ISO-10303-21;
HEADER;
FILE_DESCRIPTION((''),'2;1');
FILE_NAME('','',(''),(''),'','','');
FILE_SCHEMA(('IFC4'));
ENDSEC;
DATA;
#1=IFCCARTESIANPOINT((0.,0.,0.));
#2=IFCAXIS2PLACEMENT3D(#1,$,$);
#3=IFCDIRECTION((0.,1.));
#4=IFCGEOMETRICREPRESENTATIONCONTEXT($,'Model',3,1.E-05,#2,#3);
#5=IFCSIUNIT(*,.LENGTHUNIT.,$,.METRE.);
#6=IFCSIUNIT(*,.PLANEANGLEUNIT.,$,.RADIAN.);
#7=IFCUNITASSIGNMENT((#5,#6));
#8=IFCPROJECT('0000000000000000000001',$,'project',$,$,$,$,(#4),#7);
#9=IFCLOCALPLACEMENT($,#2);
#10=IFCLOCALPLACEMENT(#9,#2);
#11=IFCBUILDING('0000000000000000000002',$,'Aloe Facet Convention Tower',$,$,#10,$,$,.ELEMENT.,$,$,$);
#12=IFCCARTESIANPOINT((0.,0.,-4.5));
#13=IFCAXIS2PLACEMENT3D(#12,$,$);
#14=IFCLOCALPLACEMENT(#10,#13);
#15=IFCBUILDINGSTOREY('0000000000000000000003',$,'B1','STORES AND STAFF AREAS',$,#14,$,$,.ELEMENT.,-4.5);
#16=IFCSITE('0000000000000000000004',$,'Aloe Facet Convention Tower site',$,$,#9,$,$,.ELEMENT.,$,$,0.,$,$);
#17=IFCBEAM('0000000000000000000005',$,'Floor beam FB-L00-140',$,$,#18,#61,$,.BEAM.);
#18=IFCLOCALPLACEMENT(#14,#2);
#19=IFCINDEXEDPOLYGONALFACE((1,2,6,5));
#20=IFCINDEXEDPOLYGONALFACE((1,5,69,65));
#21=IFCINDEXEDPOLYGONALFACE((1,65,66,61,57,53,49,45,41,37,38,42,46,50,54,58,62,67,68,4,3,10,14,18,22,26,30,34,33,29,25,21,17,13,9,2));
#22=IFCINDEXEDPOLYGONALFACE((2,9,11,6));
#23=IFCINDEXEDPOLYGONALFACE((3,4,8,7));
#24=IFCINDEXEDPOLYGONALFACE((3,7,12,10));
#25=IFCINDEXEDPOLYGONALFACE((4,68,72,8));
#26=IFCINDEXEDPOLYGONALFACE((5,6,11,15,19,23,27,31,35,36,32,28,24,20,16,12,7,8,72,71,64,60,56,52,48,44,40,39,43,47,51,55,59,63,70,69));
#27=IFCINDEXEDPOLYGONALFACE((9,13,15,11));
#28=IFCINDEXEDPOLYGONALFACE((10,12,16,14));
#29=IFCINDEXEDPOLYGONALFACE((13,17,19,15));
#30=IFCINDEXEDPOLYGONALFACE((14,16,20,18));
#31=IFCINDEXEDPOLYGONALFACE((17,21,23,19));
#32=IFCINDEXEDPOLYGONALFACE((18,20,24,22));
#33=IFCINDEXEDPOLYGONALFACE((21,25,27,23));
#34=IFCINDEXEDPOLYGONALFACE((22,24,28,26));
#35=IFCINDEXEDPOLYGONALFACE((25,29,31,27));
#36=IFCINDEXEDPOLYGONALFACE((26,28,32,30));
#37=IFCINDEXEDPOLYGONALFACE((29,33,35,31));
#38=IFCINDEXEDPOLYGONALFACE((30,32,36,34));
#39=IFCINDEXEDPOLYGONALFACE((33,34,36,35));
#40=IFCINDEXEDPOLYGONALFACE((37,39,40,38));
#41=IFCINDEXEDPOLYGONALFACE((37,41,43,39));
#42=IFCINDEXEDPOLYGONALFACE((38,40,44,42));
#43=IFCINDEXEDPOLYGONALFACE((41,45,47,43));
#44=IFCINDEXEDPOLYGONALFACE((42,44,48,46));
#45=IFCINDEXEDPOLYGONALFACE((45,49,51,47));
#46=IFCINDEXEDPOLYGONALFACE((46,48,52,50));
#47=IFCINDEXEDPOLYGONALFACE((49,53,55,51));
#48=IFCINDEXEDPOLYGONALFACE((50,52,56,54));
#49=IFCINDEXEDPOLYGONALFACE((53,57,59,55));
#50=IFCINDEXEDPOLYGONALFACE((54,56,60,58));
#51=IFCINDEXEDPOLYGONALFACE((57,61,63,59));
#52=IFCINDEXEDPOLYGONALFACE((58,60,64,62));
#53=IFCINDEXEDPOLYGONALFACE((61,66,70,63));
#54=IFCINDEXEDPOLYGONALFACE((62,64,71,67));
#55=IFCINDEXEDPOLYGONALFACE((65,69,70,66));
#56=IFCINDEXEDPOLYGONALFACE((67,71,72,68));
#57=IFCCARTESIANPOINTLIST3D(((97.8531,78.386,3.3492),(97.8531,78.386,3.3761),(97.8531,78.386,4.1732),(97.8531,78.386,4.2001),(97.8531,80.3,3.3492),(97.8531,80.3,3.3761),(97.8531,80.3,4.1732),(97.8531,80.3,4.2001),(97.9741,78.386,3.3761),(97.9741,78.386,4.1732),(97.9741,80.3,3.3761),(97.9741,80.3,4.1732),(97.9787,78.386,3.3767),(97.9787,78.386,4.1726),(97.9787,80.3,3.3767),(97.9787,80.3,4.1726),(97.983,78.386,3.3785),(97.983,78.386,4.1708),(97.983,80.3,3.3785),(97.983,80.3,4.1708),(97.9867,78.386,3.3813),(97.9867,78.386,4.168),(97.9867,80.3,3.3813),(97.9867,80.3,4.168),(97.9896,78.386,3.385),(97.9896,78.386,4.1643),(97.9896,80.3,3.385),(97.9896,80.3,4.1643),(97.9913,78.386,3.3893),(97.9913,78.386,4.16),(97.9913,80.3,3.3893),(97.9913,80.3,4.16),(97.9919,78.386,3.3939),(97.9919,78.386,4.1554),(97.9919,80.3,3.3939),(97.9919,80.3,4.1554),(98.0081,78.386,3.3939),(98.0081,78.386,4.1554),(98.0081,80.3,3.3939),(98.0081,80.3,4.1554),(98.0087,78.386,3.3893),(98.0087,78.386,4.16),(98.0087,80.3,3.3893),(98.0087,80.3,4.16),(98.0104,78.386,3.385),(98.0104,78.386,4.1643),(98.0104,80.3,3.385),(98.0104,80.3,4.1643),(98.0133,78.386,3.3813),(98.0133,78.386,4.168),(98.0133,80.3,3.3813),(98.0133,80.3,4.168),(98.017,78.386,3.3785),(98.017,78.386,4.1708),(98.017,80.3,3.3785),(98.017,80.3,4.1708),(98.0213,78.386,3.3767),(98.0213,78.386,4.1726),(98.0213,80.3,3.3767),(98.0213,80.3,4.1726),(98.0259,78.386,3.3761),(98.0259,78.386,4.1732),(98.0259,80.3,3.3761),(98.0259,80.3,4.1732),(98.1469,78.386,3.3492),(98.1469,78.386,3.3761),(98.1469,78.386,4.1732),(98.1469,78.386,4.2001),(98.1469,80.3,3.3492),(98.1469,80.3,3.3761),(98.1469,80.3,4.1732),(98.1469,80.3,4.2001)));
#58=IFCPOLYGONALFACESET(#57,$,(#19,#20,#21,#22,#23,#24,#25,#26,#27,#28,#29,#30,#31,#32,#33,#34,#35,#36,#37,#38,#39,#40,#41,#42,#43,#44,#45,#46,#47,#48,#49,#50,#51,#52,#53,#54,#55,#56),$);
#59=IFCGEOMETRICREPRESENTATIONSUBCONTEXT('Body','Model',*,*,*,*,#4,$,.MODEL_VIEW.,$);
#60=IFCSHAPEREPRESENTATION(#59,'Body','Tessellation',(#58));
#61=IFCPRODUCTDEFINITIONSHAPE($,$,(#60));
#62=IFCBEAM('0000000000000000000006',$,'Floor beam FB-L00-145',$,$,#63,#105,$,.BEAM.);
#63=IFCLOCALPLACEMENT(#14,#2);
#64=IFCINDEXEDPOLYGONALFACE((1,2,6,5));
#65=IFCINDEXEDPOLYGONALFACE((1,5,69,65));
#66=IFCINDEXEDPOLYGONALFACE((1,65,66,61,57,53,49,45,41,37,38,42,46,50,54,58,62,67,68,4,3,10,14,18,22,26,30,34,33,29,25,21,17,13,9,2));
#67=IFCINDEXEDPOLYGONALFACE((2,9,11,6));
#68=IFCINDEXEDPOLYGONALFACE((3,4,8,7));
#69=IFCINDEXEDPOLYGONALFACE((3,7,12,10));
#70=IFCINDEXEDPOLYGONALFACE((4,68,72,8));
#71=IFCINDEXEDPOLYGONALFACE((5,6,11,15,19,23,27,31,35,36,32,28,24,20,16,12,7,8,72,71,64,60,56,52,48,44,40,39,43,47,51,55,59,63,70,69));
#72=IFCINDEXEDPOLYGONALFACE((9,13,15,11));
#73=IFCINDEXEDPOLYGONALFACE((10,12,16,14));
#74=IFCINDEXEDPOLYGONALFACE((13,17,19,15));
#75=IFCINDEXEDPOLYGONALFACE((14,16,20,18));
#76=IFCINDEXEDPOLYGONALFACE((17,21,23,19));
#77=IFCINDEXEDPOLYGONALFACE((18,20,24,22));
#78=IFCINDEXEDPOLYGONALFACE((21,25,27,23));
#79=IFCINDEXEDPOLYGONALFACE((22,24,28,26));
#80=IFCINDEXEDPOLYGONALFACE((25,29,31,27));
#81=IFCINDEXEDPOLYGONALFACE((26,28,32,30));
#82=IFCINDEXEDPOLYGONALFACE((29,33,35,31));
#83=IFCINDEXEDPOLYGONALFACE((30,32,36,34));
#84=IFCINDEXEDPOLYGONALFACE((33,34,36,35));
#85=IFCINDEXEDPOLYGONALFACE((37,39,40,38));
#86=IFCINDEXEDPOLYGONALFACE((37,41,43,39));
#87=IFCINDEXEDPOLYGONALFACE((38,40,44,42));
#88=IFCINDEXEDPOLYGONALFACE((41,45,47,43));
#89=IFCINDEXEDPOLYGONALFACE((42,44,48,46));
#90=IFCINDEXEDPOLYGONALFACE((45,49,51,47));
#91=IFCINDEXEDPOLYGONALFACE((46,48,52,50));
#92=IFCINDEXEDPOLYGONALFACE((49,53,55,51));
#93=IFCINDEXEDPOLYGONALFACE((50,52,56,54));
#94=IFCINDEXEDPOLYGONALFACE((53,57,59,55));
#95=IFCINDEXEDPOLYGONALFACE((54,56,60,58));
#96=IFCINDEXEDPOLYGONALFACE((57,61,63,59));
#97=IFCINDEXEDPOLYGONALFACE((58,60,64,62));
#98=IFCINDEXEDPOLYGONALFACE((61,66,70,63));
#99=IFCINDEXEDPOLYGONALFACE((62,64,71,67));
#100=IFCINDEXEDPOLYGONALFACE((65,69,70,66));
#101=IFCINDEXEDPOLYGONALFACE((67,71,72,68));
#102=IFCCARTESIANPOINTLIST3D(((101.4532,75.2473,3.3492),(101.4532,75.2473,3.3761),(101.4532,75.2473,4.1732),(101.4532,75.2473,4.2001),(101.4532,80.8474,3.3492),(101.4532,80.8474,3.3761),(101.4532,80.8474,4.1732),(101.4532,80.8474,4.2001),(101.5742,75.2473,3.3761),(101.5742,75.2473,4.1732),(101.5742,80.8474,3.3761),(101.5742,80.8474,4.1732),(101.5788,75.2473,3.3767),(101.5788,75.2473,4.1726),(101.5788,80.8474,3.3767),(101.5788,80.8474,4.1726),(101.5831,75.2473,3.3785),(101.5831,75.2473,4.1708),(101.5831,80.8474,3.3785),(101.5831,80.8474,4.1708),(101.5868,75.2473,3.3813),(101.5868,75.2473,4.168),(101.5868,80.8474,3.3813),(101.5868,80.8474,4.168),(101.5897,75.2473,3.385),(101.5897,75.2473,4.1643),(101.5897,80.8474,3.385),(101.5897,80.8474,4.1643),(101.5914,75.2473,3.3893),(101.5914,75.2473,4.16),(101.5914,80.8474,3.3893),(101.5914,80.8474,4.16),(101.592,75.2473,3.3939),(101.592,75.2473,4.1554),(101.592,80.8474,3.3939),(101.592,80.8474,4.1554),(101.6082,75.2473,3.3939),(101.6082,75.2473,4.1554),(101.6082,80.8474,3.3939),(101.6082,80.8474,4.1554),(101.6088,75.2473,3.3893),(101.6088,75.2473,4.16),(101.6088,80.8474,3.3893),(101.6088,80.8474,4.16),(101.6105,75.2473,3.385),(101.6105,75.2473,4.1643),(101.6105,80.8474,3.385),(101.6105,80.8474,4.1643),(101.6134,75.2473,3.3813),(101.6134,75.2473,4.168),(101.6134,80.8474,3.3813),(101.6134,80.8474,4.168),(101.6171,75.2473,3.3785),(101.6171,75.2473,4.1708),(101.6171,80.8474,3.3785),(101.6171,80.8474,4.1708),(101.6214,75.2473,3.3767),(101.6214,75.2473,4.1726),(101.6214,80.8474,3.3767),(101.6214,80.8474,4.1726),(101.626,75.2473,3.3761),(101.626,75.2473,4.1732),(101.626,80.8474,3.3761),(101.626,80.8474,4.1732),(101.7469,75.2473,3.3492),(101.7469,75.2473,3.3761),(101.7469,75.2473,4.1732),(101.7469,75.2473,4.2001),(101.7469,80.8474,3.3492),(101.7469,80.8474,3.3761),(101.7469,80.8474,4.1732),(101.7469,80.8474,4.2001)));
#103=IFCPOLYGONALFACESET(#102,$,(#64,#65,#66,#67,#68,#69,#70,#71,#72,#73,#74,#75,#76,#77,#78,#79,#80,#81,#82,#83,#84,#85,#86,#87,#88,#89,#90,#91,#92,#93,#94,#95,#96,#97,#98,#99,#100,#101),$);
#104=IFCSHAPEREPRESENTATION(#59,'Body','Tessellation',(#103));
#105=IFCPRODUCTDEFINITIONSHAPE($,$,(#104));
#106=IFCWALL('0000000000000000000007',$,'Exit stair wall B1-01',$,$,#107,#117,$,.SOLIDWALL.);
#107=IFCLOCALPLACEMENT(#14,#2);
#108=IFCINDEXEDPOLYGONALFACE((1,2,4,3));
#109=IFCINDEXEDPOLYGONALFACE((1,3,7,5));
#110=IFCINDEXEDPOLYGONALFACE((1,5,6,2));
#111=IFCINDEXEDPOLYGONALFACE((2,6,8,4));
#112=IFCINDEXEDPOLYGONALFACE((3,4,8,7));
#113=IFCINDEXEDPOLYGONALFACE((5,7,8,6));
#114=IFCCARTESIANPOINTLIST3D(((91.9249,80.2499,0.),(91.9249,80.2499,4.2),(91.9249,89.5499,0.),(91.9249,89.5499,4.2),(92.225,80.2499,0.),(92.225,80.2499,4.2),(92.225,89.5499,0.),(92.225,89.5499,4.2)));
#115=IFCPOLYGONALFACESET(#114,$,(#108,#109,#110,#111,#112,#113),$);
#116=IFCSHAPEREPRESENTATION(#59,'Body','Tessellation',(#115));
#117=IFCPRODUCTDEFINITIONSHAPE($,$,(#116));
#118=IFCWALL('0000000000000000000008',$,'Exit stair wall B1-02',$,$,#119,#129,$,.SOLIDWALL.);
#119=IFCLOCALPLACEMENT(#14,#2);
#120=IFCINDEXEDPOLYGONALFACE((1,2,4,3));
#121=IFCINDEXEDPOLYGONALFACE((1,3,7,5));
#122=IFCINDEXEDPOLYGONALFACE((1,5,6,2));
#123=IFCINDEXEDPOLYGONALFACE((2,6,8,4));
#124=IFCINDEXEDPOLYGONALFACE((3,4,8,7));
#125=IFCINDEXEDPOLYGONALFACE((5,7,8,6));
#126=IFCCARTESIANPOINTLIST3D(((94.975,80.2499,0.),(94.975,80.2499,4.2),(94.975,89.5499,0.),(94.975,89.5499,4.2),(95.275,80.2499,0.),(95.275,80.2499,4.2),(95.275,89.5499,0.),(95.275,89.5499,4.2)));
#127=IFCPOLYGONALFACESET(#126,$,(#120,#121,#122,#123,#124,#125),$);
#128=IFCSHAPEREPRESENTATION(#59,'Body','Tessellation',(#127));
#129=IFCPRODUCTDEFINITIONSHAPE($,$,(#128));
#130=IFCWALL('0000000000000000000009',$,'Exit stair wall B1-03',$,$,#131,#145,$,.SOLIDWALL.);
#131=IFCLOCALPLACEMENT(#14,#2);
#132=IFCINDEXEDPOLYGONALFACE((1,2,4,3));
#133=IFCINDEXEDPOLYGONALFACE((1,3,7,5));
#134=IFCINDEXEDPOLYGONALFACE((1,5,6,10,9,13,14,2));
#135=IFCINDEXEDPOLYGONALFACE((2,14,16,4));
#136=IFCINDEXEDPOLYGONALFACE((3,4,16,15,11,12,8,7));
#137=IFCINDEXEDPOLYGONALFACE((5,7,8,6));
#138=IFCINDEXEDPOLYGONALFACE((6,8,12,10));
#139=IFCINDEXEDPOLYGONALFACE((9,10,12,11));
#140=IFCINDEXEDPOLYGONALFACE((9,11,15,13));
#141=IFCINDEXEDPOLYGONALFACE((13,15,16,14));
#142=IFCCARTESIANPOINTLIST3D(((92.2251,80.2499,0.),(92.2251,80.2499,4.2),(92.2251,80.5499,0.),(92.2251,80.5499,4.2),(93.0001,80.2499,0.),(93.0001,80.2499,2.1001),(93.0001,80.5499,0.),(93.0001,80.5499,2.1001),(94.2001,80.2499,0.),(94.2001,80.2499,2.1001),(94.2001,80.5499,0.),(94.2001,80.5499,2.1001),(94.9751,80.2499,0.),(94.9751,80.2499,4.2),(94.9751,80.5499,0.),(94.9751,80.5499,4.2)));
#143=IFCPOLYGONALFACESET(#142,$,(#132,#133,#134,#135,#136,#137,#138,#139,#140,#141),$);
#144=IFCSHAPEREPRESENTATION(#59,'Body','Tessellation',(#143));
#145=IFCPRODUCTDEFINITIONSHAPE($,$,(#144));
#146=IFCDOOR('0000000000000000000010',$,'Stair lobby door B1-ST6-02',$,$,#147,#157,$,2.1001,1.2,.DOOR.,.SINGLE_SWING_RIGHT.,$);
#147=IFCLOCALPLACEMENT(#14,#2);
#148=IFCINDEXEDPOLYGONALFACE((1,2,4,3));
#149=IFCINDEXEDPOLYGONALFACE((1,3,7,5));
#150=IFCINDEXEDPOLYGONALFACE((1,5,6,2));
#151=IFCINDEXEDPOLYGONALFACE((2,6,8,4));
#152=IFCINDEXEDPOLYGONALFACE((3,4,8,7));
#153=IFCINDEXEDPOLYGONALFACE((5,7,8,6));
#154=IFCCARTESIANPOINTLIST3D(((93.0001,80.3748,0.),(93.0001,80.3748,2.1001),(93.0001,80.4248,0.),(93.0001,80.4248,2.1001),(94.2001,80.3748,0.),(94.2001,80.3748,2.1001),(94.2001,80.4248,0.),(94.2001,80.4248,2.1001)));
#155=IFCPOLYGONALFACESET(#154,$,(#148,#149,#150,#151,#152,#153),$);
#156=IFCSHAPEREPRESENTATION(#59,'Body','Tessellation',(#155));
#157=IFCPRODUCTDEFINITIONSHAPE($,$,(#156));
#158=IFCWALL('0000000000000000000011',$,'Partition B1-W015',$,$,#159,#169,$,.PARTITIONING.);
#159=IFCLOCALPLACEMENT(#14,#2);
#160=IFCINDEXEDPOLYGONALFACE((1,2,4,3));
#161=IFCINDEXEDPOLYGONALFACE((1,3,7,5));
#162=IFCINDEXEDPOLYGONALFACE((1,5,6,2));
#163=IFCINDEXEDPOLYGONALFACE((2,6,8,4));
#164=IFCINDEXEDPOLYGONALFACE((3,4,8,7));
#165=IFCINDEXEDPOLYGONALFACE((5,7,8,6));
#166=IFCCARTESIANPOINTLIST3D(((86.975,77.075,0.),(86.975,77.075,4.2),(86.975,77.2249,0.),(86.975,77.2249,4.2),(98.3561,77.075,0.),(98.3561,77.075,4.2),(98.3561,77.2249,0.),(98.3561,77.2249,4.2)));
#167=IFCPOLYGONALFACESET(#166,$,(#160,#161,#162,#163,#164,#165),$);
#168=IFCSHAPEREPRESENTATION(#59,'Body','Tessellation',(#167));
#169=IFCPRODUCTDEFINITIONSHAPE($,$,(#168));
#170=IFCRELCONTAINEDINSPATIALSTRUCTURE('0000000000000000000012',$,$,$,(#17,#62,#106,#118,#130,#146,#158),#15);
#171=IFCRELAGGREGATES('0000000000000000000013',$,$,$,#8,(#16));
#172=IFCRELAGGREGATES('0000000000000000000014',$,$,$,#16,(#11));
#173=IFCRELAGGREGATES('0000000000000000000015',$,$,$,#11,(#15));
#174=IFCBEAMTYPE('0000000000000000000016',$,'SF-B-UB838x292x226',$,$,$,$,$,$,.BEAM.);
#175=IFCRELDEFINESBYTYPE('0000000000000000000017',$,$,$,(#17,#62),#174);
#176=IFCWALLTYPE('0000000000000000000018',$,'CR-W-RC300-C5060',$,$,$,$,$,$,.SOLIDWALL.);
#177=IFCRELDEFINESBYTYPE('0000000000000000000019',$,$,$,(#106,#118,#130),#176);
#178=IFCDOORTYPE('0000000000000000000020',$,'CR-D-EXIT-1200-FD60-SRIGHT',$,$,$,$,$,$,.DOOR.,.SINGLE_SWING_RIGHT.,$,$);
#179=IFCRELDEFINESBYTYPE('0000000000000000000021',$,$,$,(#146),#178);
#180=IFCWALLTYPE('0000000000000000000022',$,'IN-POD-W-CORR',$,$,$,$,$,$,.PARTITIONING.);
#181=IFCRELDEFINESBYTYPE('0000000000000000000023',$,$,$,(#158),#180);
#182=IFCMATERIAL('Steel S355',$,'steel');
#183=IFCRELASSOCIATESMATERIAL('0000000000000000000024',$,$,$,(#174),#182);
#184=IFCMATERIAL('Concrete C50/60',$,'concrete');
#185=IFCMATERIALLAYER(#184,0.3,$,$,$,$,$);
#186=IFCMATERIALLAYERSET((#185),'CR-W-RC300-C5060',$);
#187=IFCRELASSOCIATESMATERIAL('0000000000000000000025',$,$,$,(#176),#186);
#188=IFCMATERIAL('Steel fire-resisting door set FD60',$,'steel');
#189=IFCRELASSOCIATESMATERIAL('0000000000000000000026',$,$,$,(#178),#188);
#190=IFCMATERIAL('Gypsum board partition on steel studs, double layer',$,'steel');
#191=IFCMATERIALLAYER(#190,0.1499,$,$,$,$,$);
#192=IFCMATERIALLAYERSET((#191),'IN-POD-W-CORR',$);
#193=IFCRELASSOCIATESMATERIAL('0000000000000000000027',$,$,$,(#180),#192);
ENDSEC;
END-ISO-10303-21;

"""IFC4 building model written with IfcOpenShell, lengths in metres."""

from ifc_helpers import new_model, si_unit, direction, frame, frame_2d, origin, origin_2d, place, context, subcontext, project, spatial, rectangle, i_section, extrude, material, layer, layer_set, material_profile, profile_set, type_object, element, fill, save


model = new_model("IFC4")

# Units and contexts
model_context = context("Model", 3, precision=1e-05, world=origin(), true_north=direction((0.0, 1.0)))
body_context = subcontext(model_context, "Body", "Model", "MODEL_VIEW")
ifc_project = project(units=[si_unit("LENGTHUNIT", "METRE"), si_unit("PLANEANGLEUNIT", "RADIAN")], contexts=[model_context])

# Site, building, storey
site_placement = place(None, origin())
site = spatial("IfcSite", under=ifc_project, at=site_placement, Name="Aloe Facet Convention Tower site", CompositionType="ELEMENT", RefElevation=0.0)
building_placement = place(site_placement, origin())
building = spatial("IfcBuilding", under=site, at=building_placement, Name="Aloe Facet Convention Tower", CompositionType="ELEMENT")
storey_placement = place(building_placement, frame((0.0, 0.0, -4.5)))
storey = spatial("IfcBuildingStorey", under=building, at=storey_placement, Name="B1", Description="STORES AND STAFF AREAS", CompositionType="ELEMENT", Elevation=-4.5)

# Beams
ifc_material_1 = material(Name="Steel S355", Category="steel")
ifc_material_profile_1 = material_profile(ifc_material_1, i_section(OverallWidth=0.2937, OverallDepth=0.8508, WebThickness=0.0161, FlangeThickness=0.0269, FilletRadius=0.0178, at=origin_2d()), Name="UB 838x292x226")
ifc_profile_set_1 = profile_set([ifc_material_profile_1], Name="Steel S355")
beam_type_1 = type_object("IfcBeamType", Name="SF-B-UB838x292x226", PredefinedType="BEAM", material=ifc_profile_set_1)
beam_1_placement = place(storey_placement, frame((98.0, 78.386, 3.7747), z_axis=(0.0, 1.0, 0.0), x_axis=(-1.0, 0.0, 0.0)))
element("IfcBeam", 1, at=beam_1_placement, inside=storey, type_object=beam_type_1, Name="Floor beam FB-L00-140", PredefinedType="BEAM", context=body_context, shape_type="SweptSolid", body=[
    extrude(i_section(OverallWidth=0.2937, OverallDepth=0.8508, WebThickness=0.0161, FlangeThickness=0.0269, FilletRadius=0.0178, at=origin_2d()), origin(), (0.0, 0.0, 1.0), 1.9141),
])
beam_2_placement = place(storey_placement, frame((101.6001, 75.2473, 3.7747), z_axis=(0.0, 1.0, 0.0), x_axis=(-1.0, 0.0, 0.0)))
element("IfcBeam", 2, at=beam_2_placement, inside=storey, type_object=beam_type_1, Name="Floor beam FB-L00-145", PredefinedType="BEAM", context=body_context, shape_type="SweptSolid", body=[
    extrude(i_section(OverallWidth=0.2937, OverallDepth=0.8508, WebThickness=0.0161, FlangeThickness=0.0269, FilletRadius=0.0178, at=origin_2d()), origin(), (0.0, 0.0, 1.0), 5.6001),
])

# Walls
ifc_material_2 = material(Name="Concrete C50/60", Category="concrete")
ifc_layer_1 = layer(ifc_material_2, 0.3)
ifc_layer_set_1 = layer_set([ifc_layer_1], Name="CR-W-RC300-C5060")
wall_type_1 = type_object("IfcWallType", Name="CR-W-RC300-C5060", PredefinedType="SOLIDWALL", material=ifc_layer_set_1)
for number, where, z_axis, x_axis, name in (
    (3, (92.075, 80.25, 0.0), (0.0, 0.0, 1.0), (0.0, 1.0, 0.0), "Exit stair wall B1-01"),
    (4, (95.125, 80.25, 0.0), (0.0, 0.0, 1.0), (0.0, 1.0, 0.0), "Exit stair wall B1-02"),
):
    element("IfcWall", number, at=place(storey_placement, frame(where, z_axis=z_axis, x_axis=x_axis)), inside=storey, type_object=wall_type_1, Name=name, PredefinedType="SOLIDWALL", context=body_context, shape_type="SweptSolid", body=[
        extrude(rectangle(XDim=9.3, YDim=0.3, at=frame_2d((4.6499, 0.0))), origin(), (0.0, 0.0, 1.0), 4.2),
    ])

# Wall, opening, door
wall_1_placement = place(storey_placement, frame((92.2251, 80.3999, 0.0), z_axis=(0.0, 0.0, 1.0), x_axis=(1.0, 0.0, 0.0)))
wall_1 = element("IfcWall", 5, at=wall_1_placement, inside=storey, type_object=wall_type_1, Name="Exit stair wall B1-03", PredefinedType="SOLIDWALL", context=body_context, shape_type="SweptSolid", body=[
    extrude(rectangle(XDim=2.75, YDim=0.3, at=frame_2d((1.375, 0.0))), origin(), (0.0, 0.0, 1.0), 4.2),
])
opening_1_placement = place(wall_1_placement, frame((0.7749, 0.0, 0.0)))
opening_1 = element("IfcOpeningElement", 6, at=opening_1_placement, cuts=wall_1, PredefinedType="OPENING", context=body_context, shape_type="SweptSolid", body=[
    extrude(rectangle(XDim=1.2, YDim=2.1001, at=frame_2d((0.6001, 1.05))), frame((0.0, 0.1602, 0.0), z_axis=(0.0, -1.0, 0.0), x_axis=(1.0, 0.0, 0.0)), (0.0, 0.0, 1.0), 0.3201),
])
ifc_material_3 = material(Name="Steel fire-resisting door set FD60", Category="steel")
door_type_1 = type_object("IfcDoorType", Name="CR-D-EXIT-1200-FD60-SRIGHT", OperationType="SINGLE_SWING_RIGHT", PredefinedType="DOOR", material=ifc_material_3)
door_1_placement = place(opening_1_placement, origin())
door_1 = element("IfcDoor", 7, at=door_1_placement, inside=storey, type_object=door_type_1, Name="Stair lobby door B1-ST6-02", OperationType="SINGLE_SWING_RIGHT", OverallHeight=2.1001, OverallWidth=1.2, PredefinedType="DOOR", context=body_context, shape_type="SweptSolid", body=[
    extrude(rectangle(XDim=1.2, YDim=2.1001, at=frame_2d((0.6001, 1.05))), frame((0.0, 0.0249, 0.0), z_axis=(0.0, -1.0, 0.0), x_axis=(1.0, 0.0, 0.0)), (0.0, 0.0, 1.0), 0.05),
])
fill(opening_1, door_1)

# Wall
ifc_material_4 = material(Name="Gypsum board partition on steel studs, double layer", Category="steel")
ifc_layer_2 = layer(ifc_material_4, 0.1499)
ifc_layer_set_2 = layer_set([ifc_layer_2], Name="IN-POD-W-CORR")
wall_type_2 = type_object("IfcWallType", Name="IN-POD-W-CORR", PredefinedType="PARTITIONING", material=ifc_layer_set_2)
wall_2_placement = place(storey_placement, frame((86.9751, 77.1499, 0.0), z_axis=(0.0, 0.0, 1.0), x_axis=(1.0, 0.0, 0.0)))
element("IfcWall", 8, at=wall_2_placement, inside=storey, type_object=wall_type_2, Name="Partition B1-W015", PredefinedType="PARTITIONING", context=body_context, shape_type="SweptSolid", body=[
    extrude(rectangle(XDim=11.3811, YDim=0.1499, at=frame_2d((5.6904, 0.0))), origin(), (0.0, 0.0, 1.0), 4.2),
])

save(model, "model.ifc")
